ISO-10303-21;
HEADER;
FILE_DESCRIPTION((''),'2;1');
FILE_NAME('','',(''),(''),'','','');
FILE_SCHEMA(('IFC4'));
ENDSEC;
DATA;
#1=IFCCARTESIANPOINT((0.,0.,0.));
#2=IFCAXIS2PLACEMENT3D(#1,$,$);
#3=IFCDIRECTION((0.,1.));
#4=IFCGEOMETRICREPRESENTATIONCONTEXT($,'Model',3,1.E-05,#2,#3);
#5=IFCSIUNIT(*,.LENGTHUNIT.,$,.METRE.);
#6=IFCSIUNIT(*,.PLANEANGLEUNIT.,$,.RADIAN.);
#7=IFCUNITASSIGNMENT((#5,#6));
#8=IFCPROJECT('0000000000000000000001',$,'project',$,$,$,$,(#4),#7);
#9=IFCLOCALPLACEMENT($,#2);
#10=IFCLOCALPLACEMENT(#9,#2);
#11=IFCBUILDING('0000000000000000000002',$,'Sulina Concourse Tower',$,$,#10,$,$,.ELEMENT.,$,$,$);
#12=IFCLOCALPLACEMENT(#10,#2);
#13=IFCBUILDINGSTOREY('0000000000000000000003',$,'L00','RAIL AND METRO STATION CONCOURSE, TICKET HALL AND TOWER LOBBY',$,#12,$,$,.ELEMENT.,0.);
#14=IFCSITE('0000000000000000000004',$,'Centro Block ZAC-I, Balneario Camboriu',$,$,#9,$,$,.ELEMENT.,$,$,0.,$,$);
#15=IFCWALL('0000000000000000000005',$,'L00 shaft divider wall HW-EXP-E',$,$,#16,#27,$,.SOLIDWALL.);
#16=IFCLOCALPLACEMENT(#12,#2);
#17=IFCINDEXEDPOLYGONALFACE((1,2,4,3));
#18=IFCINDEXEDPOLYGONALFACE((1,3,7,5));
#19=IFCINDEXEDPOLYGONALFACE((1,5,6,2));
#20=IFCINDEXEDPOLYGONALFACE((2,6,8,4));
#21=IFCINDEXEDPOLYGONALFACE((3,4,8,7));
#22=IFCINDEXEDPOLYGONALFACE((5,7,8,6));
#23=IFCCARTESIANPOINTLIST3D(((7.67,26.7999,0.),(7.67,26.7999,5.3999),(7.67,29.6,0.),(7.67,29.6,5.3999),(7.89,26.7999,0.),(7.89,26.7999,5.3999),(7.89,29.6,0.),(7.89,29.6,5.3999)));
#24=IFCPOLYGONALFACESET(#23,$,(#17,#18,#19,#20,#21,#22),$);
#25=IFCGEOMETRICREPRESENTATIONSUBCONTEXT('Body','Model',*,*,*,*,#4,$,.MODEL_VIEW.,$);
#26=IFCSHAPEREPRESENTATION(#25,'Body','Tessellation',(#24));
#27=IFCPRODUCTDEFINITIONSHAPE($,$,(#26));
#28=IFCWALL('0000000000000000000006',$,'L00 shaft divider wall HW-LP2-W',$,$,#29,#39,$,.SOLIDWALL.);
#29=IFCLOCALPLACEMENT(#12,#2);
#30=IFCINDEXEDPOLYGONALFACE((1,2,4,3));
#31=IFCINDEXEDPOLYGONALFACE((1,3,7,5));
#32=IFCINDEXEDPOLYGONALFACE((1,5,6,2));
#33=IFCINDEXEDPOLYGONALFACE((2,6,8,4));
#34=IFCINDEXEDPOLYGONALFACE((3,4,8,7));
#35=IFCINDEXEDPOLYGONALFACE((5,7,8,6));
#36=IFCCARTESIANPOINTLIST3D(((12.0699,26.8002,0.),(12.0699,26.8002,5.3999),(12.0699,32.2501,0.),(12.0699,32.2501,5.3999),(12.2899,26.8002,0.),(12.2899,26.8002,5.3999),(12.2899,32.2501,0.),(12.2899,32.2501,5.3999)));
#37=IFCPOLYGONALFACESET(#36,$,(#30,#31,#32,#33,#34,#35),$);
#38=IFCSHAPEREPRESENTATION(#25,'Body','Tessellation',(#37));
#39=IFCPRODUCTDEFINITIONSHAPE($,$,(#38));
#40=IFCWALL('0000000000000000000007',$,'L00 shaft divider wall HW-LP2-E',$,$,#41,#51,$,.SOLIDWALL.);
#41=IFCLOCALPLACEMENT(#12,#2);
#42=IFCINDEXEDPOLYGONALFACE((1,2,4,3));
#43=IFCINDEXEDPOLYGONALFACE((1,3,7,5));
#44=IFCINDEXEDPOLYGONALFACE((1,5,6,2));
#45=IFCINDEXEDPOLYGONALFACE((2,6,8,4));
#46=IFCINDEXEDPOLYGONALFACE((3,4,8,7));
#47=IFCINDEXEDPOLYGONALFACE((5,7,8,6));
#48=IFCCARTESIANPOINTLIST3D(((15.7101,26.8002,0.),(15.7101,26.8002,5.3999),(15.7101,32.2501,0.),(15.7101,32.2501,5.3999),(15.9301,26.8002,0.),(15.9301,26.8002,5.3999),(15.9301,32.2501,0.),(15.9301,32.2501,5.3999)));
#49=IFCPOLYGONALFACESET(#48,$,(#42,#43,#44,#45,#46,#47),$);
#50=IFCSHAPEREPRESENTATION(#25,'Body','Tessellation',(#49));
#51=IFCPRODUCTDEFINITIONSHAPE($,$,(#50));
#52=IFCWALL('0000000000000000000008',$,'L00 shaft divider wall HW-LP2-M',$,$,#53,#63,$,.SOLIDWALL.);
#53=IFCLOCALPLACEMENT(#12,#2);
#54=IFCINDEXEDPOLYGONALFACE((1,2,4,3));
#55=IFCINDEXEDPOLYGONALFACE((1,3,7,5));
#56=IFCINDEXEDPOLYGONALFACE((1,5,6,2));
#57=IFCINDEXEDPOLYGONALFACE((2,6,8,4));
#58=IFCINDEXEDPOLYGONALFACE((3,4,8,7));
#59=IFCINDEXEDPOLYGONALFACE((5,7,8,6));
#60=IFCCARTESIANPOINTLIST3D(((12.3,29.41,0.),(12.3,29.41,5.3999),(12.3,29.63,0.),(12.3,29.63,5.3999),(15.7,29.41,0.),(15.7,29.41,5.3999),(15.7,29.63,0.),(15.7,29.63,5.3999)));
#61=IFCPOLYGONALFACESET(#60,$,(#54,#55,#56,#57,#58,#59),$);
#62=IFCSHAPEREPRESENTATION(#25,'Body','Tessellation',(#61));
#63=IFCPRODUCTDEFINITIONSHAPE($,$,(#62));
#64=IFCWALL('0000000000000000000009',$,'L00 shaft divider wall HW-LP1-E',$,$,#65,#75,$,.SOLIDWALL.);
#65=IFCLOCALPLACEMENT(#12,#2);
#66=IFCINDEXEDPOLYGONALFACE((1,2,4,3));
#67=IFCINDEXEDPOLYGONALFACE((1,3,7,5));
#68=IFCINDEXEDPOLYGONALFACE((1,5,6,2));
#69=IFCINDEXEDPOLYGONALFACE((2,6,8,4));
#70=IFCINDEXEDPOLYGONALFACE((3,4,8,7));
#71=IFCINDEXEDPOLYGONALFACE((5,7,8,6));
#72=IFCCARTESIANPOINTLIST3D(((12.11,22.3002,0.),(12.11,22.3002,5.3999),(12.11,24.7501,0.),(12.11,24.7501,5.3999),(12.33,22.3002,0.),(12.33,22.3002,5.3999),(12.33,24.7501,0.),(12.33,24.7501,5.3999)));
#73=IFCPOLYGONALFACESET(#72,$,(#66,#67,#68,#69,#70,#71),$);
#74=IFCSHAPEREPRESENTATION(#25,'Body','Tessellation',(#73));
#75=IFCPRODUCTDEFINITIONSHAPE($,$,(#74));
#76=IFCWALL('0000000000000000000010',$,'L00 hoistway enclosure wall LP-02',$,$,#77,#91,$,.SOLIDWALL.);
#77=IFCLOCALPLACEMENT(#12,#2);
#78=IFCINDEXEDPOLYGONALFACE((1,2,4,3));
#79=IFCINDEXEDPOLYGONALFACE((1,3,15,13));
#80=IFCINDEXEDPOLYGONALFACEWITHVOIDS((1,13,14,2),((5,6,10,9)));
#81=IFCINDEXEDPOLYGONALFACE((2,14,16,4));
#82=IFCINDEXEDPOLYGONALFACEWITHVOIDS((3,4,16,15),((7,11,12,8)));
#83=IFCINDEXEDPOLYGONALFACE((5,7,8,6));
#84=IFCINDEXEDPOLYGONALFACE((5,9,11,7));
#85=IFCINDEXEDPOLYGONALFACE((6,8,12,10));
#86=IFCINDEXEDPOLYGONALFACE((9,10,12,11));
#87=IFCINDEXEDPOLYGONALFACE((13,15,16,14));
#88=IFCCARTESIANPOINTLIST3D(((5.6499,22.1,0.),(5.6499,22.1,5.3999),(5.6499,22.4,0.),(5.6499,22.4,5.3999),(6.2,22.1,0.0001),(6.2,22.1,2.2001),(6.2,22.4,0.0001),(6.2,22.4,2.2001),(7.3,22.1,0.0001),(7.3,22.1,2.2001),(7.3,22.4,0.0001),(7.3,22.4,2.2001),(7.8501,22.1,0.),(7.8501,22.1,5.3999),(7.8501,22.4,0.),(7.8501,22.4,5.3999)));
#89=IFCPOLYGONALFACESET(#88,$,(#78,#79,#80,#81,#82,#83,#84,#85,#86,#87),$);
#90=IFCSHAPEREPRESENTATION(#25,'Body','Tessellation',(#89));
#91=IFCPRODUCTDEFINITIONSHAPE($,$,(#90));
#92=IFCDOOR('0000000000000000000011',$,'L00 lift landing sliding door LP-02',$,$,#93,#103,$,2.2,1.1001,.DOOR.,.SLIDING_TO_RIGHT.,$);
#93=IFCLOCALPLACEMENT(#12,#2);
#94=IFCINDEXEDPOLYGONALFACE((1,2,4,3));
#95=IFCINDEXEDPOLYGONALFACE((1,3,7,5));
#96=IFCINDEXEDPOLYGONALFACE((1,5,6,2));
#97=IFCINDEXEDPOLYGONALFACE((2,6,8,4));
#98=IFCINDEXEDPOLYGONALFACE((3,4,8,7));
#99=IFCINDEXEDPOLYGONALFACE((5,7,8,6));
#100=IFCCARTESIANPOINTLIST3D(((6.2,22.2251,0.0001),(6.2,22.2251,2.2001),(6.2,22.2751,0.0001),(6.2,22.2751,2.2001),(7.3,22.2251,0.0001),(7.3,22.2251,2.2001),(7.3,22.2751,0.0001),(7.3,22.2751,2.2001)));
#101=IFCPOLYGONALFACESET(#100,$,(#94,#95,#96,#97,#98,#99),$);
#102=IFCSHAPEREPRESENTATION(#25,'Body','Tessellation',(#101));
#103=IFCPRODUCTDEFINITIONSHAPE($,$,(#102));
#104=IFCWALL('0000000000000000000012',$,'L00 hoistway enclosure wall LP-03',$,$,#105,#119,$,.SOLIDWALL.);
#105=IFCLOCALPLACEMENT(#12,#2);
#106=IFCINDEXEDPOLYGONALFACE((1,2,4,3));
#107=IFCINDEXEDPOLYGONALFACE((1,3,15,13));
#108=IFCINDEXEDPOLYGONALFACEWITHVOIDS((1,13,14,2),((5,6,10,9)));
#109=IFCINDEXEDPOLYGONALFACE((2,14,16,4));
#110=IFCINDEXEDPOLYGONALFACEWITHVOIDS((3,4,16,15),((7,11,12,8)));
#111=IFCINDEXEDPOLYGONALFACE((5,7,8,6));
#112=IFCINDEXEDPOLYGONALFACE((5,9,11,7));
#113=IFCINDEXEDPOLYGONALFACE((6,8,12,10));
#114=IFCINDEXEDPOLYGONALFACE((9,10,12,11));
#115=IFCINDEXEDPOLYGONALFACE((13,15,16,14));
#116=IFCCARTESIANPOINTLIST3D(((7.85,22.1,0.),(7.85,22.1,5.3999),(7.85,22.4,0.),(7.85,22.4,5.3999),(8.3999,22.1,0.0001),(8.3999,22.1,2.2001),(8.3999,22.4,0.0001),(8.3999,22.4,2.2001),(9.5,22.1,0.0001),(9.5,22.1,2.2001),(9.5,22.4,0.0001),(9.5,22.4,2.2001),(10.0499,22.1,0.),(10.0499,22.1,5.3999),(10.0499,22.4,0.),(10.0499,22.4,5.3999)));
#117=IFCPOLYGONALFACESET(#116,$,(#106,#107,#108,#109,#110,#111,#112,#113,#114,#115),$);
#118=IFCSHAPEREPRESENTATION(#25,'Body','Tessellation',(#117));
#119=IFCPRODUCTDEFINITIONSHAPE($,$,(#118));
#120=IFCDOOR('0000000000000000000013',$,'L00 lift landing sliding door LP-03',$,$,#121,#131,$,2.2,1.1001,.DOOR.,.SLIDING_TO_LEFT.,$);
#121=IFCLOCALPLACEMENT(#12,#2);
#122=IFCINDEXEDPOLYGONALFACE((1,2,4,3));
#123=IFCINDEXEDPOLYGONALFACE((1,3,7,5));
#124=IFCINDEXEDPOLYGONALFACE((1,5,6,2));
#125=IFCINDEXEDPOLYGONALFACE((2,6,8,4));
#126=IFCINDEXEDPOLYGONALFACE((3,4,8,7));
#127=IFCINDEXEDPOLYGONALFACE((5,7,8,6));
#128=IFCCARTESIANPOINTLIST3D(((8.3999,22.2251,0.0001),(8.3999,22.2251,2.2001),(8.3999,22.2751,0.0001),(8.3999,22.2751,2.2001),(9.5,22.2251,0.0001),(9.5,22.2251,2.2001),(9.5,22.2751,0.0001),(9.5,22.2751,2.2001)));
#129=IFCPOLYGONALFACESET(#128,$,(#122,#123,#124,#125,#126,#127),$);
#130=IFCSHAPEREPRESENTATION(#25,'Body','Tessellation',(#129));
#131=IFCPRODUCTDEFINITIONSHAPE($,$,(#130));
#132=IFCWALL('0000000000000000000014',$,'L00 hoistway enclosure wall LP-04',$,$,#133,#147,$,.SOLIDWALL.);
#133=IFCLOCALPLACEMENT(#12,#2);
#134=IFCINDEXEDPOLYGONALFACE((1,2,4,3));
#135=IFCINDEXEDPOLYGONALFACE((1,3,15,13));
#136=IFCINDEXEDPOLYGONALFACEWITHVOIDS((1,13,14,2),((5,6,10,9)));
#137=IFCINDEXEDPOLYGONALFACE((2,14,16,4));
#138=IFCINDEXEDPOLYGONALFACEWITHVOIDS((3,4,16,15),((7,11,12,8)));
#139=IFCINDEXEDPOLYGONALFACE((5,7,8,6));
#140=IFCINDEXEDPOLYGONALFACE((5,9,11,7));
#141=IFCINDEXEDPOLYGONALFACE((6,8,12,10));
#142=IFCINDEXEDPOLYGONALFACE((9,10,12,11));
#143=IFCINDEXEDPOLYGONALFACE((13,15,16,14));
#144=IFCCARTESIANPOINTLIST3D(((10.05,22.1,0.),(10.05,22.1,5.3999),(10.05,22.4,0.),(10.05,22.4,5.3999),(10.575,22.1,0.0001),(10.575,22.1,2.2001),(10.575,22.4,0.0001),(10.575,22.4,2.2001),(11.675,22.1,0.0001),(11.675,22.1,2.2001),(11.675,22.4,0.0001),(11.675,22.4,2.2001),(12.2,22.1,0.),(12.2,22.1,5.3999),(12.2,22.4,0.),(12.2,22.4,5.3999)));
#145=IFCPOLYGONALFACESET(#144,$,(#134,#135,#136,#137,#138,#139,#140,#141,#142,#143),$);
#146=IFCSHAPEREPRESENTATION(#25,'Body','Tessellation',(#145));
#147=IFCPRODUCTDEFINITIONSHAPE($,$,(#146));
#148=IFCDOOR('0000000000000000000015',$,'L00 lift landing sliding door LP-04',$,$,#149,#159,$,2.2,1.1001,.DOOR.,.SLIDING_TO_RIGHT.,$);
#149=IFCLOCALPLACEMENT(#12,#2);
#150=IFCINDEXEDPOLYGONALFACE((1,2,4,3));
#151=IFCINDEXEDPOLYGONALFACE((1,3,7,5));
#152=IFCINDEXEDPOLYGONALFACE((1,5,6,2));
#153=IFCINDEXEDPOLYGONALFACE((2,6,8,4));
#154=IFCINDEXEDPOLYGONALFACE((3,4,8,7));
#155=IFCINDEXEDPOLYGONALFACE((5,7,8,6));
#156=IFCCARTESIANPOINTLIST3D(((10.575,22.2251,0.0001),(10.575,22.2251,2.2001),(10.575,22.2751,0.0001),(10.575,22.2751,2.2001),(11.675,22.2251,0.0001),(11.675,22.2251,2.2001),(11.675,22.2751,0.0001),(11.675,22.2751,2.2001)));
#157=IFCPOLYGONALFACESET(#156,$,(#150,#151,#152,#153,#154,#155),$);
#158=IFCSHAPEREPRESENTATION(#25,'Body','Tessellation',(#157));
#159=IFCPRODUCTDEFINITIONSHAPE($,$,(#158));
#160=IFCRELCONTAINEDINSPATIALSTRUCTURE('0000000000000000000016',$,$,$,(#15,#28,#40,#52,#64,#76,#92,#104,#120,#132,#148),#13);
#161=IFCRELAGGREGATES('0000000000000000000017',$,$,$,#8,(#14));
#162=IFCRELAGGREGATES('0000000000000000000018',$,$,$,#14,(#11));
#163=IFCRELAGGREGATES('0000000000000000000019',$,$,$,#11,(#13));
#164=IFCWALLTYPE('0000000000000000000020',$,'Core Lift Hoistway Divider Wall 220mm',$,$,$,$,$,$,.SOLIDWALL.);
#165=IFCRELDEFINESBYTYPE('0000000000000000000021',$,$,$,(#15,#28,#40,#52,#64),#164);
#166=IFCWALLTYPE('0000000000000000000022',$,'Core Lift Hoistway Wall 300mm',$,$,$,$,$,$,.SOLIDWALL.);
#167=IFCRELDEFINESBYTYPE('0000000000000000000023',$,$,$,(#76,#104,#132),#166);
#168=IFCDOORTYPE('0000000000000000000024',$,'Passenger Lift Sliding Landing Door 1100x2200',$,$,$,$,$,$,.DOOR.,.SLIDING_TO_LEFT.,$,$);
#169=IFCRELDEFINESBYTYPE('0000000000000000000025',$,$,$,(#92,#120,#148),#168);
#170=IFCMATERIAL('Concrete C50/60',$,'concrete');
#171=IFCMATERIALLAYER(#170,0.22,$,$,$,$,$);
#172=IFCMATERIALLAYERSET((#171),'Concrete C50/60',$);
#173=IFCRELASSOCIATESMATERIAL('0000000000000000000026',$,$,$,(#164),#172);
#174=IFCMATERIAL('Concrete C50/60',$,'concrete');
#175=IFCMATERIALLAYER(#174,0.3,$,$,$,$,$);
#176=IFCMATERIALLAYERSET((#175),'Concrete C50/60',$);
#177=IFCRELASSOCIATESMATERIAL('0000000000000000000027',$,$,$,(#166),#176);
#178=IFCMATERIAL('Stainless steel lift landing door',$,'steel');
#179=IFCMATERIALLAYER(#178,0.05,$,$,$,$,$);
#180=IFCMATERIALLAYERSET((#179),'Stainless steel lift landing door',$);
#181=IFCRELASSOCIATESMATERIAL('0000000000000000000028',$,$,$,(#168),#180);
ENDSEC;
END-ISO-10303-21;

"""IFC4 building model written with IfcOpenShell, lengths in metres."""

from ifc_helpers import new_model, si_unit, direction, frame, frame_2d, origin, place, context, subcontext, project, spatial, rectangle, extrude, material, layer, layer_set, type_object, element, fill, save


model = new_model("IFC4")

# Units and contexts
model_context = context("Model", 3, precision=1e-05, world=origin(), true_north=direction((0.0, 1.0)))
body_context = subcontext(model_context, "Body", "Model", "MODEL_VIEW")
ifc_project = project(units=[si_unit("LENGTHUNIT", "METRE"), si_unit("PLANEANGLEUNIT", "RADIAN")], contexts=[model_context])

# Site, building, storey
site_placement = place(None, origin())
site = spatial("IfcSite", under=ifc_project, at=site_placement, Name="Centro Block ZAC-I, Balneario Camboriu", CompositionType="ELEMENT", RefElevation=0.0)
building_placement = place(site_placement, origin())
building = spatial("IfcBuilding", under=site, at=building_placement, Name="Sulina Concourse Tower", CompositionType="ELEMENT")
storey_placement = place(building_placement, origin())
storey = spatial("IfcBuildingStorey", under=building, at=storey_placement, Name="L00", Description="RAIL AND METRO STATION CONCOURSE, TICKET HALL AND TOWER LOBBY", CompositionType="ELEMENT", Elevation=0.0)

# Walls
ifc_material_1 = material(Name="Concrete C50/60", Category="concrete")
ifc_layer_1 = layer(ifc_material_1, 0.22)
ifc_layer_set_1 = layer_set([ifc_layer_1], Name="Concrete C50/60")
wall_type_1 = type_object("IfcWallType", Name="Core Lift Hoistway Divider Wall 220mm", PredefinedType="SOLIDWALL", material=ifc_layer_set_1)
wall_1_placement = place(storey_placement, frame((7.78, 26.8, 0.0), z_axis=(0.0, 0.0, 1.0), x_axis=(0.0, 1.0, 0.0)))
element("IfcWall", 1, at=wall_1_placement, inside=storey, type_object=wall_type_1, Name="L00 shaft divider wall HW-EXP-E", PredefinedType="SOLIDWALL", context=body_context, shape_type="SweptSolid", body=[
    extrude(rectangle(XDim=2.8, YDim=0.22, at=frame_2d((1.3999, 0.0))), origin(), (0.0, 0.0, 1.0), 5.3999),
])
for number, where, z_axis, x_axis, name in (
    (2, (12.1799, 26.8, 0.0), (0.0, 0.0, 1.0), (0.0, 1.0, 0.0), "L00 shaft divider wall HW-LP2-W"),
    (3, (15.8201, 26.8, 0.0), (0.0, 0.0, 1.0), (0.0, 1.0, 0.0), "L00 shaft divider wall HW-LP2-E"),
):
    element("IfcWall", number, at=place(storey_placement, frame(where, z_axis=z_axis, x_axis=x_axis)), inside=storey, type_object=wall_type_1, Name=name, PredefinedType="SOLIDWALL", context=body_context, shape_type="SweptSolid", body=[
        extrude(rectangle(XDim=5.45, YDim=0.22, at=frame_2d((2.7251, 0.0))), origin(), (0.0, 0.0, 1.0), 5.3999),
    ])
wall_2_placement = place(storey_placement, frame((12.3, 29.52, 0.0), z_axis=(0.0, 0.0, 1.0), x_axis=(1.0, 0.0, 0.0)))
element("IfcWall", 4, at=wall_2_placement, inside=storey, type_object=wall_type_1, Name="L00 shaft divider wall HW-LP2-M", PredefinedType="SOLIDWALL", context=body_context, shape_type="SweptSolid", body=[
    extrude(rectangle(XDim=3.3999, YDim=0.22, at=frame_2d((1.7, 0.0))), origin(), (0.0, 0.0, 1.0), 5.3999),
])
wall_3_placement = place(storey_placement, frame((12.22, 22.3, 0.0), z_axis=(0.0, 0.0, 1.0), x_axis=(0.0, 1.0, 0.0)))
element("IfcWall", 5, at=wall_3_placement, inside=storey, type_object=wall_type_1, Name="L00 shaft divider wall HW-LP1-E", PredefinedType="SOLIDWALL", context=body_context, shape_type="SweptSolid", body=[
    extrude(rectangle(XDim=2.45, YDim=0.22, at=frame_2d((1.2251, 0.0))), origin(), (0.0, 0.0, 1.0), 5.3999),
])

# Walls, openings, doors
ifc_material_2 = material(Name="Concrete C50/60", Category="concrete")
ifc_layer_2 = layer(ifc_material_2, 0.3)
ifc_layer_set_2 = layer_set([ifc_layer_2], Name="Concrete C50/60")
wall_type_2 = type_object("IfcWallType", Name="Core Lift Hoistway Wall 300mm", PredefinedType="SOLIDWALL", material=ifc_layer_set_2)
wall_4_placement = place(storey_placement, frame((7.8501, 22.25, 0.0), z_axis=(0.0, 0.0, 1.0), x_axis=(-1.0, 0.0, 0.0)))
wall_4 = element("IfcWall", 6, at=wall_4_placement, inside=storey, type_object=wall_type_2, Name="L00 hoistway enclosure wall LP-02", PredefinedType="SOLIDWALL", context=body_context, shape_type="SweptSolid", body=[
    extrude(rectangle(XDim=2.2002, YDim=0.3, at=frame_2d((1.1001, 0.0))), origin(), (0.0, 0.0, 1.0), 5.3999),
])
opening_1_placement = place(wall_4_placement, frame((0.55, 0.0, 0.0)))
opening_1 = element("IfcOpeningElement", 7, at=opening_1_placement, cuts=wall_4, PredefinedType="OPENING", context=body_context, shape_type="SweptSolid", body=[
    extrude(rectangle(XDim=1.1001, YDim=2.2, at=frame_2d((0.55, 1.1001))), frame((0.0, 0.1599, 0.0), z_axis=(0.0, -1.0, 0.0), x_axis=(1.0, 0.0, 0.0)), (0.0, 0.0, 1.0), 0.3201),
])
ifc_material_3 = material(Name="Stainless steel lift landing door", Category="steel")
ifc_layer_3 = layer(ifc_material_3, 0.05)
ifc_layer_set_3 = layer_set([ifc_layer_3], Name="Stainless steel lift landing door")
door_type_1 = type_object("IfcDoorType", Name="Passenger Lift Sliding Landing Door 1100x2200", OperationType="SLIDING_TO_LEFT", PredefinedType="DOOR", material=ifc_layer_set_3)
door_1_placement = place(opening_1_placement, origin())
door_1 = element("IfcDoor", 8, at=door_1_placement, inside=storey, type_object=door_type_1, Name="L00 lift landing sliding door LP-02", OperationType="SLIDING_TO_RIGHT", OverallHeight=2.2, OverallWidth=1.1001, PredefinedType="DOOR", context=body_context, shape_type="SweptSolid", body=[
    extrude(rectangle(XDim=1.1001, YDim=2.2, at=frame_2d((0.55, 1.1001))), frame((0.0, 0.0249, 0.0), z_axis=(0.0, -1.0, 0.0), x_axis=(1.0, 0.0, 0.0)), (0.0, 0.0, 1.0), 0.05),
])
fill(opening_1, door_1)
wall_5_placement = place(storey_placement, frame((10.05, 22.25, 0.0), z_axis=(0.0, 0.0, 1.0), x_axis=(-1.0, 0.0, 0.0)))
wall_5 = element("IfcWall", 9, at=wall_5_placement, inside=storey, type_object=wall_type_2, Name="L00 hoistway enclosure wall LP-03", PredefinedType="SOLIDWALL", context=body_context, shape_type="SweptSolid", body=[
    extrude(rectangle(XDim=2.2, YDim=0.3, at=frame_2d((1.1001, 0.0))), origin(), (0.0, 0.0, 1.0), 5.3999),
])
opening_2_placement = place(wall_5_placement, frame((0.55, 0.0, 0.0)))
opening_2 = element("IfcOpeningElement", 10, at=opening_2_placement, cuts=wall_5, PredefinedType="OPENING", context=body_context, shape_type="SweptSolid", body=[
    extrude(rectangle(XDim=1.1001, YDim=2.2, at=frame_2d((0.55, 1.1001))), frame((0.0, 0.1599, 0.0), z_axis=(0.0, -1.0, 0.0), x_axis=(1.0, 0.0, 0.0)), (0.0, 0.0, 1.0), 0.3201),
])
door_2_placement = place(opening_2_placement, origin())
door_2 = element("IfcDoor", 11, at=door_2_placement, inside=storey, type_object=door_type_1, Name="L00 lift landing sliding door LP-03", OperationType="SLIDING_TO_LEFT", OverallHeight=2.2, OverallWidth=1.1001, PredefinedType="DOOR", context=body_context, shape_type="SweptSolid", body=[
    extrude(rectangle(XDim=1.1001, YDim=2.2, at=frame_2d((0.55, 1.1001))), frame((0.0, 0.0249, 0.0), z_axis=(0.0, -1.0, 0.0), x_axis=(1.0, 0.0, 0.0)), (0.0, 0.0, 1.0), 0.05),
])
fill(opening_2, door_2)
wall_6_placement = place(storey_placement, frame((12.2, 22.25, 0.0), z_axis=(0.0, 0.0, 1.0), x_axis=(-1.0, 0.0, 0.0)))
wall_6 = element("IfcWall", 12, at=wall_6_placement, inside=storey, type_object=wall_type_2, Name="L00 hoistway enclosure wall LP-04", PredefinedType="SOLIDWALL", context=body_context, shape_type="SweptSolid", body=[
    extrude(rectangle(XDim=2.1499, YDim=0.3, at=frame_2d((1.075, 0.0))), origin(), (0.0, 0.0, 1.0), 5.3999),
])
opening_3_placement = place(wall_6_placement, frame((0.5249, 0.0, 0.0)))
opening_3 = element("IfcOpeningElement", 13, at=opening_3_placement, cuts=wall_6, PredefinedType="OPENING", context=body_context, shape_type="SweptSolid", body=[
    extrude(rectangle(XDim=1.1001, YDim=2.2, at=frame_2d((0.55, 1.1001))), frame((0.0, 0.1599, 0.0), z_axis=(0.0, -1.0, 0.0), x_axis=(1.0, 0.0, 0.0)), (0.0, 0.0, 1.0), 0.3201),
])
door_3_placement = place(opening_3_placement, origin())
door_3 = element("IfcDoor", 14, at=door_3_placement, inside=storey, type_object=door_type_1, Name="L00 lift landing sliding door LP-04", OperationType="SLIDING_TO_RIGHT", OverallHeight=2.2, OverallWidth=1.1001, PredefinedType="DOOR", context=body_context, shape_type="SweptSolid", body=[
    extrude(rectangle(XDim=1.1001, YDim=2.2, at=frame_2d((0.55, 1.1001))), frame((0.0, 0.0249, 0.0), z_axis=(0.0, -1.0, 0.0), x_axis=(1.0, 0.0, 0.0)), (0.0, 0.0, 1.0), 0.05),
])
fill(opening_3, door_3)

save(model, "model.ifc")
